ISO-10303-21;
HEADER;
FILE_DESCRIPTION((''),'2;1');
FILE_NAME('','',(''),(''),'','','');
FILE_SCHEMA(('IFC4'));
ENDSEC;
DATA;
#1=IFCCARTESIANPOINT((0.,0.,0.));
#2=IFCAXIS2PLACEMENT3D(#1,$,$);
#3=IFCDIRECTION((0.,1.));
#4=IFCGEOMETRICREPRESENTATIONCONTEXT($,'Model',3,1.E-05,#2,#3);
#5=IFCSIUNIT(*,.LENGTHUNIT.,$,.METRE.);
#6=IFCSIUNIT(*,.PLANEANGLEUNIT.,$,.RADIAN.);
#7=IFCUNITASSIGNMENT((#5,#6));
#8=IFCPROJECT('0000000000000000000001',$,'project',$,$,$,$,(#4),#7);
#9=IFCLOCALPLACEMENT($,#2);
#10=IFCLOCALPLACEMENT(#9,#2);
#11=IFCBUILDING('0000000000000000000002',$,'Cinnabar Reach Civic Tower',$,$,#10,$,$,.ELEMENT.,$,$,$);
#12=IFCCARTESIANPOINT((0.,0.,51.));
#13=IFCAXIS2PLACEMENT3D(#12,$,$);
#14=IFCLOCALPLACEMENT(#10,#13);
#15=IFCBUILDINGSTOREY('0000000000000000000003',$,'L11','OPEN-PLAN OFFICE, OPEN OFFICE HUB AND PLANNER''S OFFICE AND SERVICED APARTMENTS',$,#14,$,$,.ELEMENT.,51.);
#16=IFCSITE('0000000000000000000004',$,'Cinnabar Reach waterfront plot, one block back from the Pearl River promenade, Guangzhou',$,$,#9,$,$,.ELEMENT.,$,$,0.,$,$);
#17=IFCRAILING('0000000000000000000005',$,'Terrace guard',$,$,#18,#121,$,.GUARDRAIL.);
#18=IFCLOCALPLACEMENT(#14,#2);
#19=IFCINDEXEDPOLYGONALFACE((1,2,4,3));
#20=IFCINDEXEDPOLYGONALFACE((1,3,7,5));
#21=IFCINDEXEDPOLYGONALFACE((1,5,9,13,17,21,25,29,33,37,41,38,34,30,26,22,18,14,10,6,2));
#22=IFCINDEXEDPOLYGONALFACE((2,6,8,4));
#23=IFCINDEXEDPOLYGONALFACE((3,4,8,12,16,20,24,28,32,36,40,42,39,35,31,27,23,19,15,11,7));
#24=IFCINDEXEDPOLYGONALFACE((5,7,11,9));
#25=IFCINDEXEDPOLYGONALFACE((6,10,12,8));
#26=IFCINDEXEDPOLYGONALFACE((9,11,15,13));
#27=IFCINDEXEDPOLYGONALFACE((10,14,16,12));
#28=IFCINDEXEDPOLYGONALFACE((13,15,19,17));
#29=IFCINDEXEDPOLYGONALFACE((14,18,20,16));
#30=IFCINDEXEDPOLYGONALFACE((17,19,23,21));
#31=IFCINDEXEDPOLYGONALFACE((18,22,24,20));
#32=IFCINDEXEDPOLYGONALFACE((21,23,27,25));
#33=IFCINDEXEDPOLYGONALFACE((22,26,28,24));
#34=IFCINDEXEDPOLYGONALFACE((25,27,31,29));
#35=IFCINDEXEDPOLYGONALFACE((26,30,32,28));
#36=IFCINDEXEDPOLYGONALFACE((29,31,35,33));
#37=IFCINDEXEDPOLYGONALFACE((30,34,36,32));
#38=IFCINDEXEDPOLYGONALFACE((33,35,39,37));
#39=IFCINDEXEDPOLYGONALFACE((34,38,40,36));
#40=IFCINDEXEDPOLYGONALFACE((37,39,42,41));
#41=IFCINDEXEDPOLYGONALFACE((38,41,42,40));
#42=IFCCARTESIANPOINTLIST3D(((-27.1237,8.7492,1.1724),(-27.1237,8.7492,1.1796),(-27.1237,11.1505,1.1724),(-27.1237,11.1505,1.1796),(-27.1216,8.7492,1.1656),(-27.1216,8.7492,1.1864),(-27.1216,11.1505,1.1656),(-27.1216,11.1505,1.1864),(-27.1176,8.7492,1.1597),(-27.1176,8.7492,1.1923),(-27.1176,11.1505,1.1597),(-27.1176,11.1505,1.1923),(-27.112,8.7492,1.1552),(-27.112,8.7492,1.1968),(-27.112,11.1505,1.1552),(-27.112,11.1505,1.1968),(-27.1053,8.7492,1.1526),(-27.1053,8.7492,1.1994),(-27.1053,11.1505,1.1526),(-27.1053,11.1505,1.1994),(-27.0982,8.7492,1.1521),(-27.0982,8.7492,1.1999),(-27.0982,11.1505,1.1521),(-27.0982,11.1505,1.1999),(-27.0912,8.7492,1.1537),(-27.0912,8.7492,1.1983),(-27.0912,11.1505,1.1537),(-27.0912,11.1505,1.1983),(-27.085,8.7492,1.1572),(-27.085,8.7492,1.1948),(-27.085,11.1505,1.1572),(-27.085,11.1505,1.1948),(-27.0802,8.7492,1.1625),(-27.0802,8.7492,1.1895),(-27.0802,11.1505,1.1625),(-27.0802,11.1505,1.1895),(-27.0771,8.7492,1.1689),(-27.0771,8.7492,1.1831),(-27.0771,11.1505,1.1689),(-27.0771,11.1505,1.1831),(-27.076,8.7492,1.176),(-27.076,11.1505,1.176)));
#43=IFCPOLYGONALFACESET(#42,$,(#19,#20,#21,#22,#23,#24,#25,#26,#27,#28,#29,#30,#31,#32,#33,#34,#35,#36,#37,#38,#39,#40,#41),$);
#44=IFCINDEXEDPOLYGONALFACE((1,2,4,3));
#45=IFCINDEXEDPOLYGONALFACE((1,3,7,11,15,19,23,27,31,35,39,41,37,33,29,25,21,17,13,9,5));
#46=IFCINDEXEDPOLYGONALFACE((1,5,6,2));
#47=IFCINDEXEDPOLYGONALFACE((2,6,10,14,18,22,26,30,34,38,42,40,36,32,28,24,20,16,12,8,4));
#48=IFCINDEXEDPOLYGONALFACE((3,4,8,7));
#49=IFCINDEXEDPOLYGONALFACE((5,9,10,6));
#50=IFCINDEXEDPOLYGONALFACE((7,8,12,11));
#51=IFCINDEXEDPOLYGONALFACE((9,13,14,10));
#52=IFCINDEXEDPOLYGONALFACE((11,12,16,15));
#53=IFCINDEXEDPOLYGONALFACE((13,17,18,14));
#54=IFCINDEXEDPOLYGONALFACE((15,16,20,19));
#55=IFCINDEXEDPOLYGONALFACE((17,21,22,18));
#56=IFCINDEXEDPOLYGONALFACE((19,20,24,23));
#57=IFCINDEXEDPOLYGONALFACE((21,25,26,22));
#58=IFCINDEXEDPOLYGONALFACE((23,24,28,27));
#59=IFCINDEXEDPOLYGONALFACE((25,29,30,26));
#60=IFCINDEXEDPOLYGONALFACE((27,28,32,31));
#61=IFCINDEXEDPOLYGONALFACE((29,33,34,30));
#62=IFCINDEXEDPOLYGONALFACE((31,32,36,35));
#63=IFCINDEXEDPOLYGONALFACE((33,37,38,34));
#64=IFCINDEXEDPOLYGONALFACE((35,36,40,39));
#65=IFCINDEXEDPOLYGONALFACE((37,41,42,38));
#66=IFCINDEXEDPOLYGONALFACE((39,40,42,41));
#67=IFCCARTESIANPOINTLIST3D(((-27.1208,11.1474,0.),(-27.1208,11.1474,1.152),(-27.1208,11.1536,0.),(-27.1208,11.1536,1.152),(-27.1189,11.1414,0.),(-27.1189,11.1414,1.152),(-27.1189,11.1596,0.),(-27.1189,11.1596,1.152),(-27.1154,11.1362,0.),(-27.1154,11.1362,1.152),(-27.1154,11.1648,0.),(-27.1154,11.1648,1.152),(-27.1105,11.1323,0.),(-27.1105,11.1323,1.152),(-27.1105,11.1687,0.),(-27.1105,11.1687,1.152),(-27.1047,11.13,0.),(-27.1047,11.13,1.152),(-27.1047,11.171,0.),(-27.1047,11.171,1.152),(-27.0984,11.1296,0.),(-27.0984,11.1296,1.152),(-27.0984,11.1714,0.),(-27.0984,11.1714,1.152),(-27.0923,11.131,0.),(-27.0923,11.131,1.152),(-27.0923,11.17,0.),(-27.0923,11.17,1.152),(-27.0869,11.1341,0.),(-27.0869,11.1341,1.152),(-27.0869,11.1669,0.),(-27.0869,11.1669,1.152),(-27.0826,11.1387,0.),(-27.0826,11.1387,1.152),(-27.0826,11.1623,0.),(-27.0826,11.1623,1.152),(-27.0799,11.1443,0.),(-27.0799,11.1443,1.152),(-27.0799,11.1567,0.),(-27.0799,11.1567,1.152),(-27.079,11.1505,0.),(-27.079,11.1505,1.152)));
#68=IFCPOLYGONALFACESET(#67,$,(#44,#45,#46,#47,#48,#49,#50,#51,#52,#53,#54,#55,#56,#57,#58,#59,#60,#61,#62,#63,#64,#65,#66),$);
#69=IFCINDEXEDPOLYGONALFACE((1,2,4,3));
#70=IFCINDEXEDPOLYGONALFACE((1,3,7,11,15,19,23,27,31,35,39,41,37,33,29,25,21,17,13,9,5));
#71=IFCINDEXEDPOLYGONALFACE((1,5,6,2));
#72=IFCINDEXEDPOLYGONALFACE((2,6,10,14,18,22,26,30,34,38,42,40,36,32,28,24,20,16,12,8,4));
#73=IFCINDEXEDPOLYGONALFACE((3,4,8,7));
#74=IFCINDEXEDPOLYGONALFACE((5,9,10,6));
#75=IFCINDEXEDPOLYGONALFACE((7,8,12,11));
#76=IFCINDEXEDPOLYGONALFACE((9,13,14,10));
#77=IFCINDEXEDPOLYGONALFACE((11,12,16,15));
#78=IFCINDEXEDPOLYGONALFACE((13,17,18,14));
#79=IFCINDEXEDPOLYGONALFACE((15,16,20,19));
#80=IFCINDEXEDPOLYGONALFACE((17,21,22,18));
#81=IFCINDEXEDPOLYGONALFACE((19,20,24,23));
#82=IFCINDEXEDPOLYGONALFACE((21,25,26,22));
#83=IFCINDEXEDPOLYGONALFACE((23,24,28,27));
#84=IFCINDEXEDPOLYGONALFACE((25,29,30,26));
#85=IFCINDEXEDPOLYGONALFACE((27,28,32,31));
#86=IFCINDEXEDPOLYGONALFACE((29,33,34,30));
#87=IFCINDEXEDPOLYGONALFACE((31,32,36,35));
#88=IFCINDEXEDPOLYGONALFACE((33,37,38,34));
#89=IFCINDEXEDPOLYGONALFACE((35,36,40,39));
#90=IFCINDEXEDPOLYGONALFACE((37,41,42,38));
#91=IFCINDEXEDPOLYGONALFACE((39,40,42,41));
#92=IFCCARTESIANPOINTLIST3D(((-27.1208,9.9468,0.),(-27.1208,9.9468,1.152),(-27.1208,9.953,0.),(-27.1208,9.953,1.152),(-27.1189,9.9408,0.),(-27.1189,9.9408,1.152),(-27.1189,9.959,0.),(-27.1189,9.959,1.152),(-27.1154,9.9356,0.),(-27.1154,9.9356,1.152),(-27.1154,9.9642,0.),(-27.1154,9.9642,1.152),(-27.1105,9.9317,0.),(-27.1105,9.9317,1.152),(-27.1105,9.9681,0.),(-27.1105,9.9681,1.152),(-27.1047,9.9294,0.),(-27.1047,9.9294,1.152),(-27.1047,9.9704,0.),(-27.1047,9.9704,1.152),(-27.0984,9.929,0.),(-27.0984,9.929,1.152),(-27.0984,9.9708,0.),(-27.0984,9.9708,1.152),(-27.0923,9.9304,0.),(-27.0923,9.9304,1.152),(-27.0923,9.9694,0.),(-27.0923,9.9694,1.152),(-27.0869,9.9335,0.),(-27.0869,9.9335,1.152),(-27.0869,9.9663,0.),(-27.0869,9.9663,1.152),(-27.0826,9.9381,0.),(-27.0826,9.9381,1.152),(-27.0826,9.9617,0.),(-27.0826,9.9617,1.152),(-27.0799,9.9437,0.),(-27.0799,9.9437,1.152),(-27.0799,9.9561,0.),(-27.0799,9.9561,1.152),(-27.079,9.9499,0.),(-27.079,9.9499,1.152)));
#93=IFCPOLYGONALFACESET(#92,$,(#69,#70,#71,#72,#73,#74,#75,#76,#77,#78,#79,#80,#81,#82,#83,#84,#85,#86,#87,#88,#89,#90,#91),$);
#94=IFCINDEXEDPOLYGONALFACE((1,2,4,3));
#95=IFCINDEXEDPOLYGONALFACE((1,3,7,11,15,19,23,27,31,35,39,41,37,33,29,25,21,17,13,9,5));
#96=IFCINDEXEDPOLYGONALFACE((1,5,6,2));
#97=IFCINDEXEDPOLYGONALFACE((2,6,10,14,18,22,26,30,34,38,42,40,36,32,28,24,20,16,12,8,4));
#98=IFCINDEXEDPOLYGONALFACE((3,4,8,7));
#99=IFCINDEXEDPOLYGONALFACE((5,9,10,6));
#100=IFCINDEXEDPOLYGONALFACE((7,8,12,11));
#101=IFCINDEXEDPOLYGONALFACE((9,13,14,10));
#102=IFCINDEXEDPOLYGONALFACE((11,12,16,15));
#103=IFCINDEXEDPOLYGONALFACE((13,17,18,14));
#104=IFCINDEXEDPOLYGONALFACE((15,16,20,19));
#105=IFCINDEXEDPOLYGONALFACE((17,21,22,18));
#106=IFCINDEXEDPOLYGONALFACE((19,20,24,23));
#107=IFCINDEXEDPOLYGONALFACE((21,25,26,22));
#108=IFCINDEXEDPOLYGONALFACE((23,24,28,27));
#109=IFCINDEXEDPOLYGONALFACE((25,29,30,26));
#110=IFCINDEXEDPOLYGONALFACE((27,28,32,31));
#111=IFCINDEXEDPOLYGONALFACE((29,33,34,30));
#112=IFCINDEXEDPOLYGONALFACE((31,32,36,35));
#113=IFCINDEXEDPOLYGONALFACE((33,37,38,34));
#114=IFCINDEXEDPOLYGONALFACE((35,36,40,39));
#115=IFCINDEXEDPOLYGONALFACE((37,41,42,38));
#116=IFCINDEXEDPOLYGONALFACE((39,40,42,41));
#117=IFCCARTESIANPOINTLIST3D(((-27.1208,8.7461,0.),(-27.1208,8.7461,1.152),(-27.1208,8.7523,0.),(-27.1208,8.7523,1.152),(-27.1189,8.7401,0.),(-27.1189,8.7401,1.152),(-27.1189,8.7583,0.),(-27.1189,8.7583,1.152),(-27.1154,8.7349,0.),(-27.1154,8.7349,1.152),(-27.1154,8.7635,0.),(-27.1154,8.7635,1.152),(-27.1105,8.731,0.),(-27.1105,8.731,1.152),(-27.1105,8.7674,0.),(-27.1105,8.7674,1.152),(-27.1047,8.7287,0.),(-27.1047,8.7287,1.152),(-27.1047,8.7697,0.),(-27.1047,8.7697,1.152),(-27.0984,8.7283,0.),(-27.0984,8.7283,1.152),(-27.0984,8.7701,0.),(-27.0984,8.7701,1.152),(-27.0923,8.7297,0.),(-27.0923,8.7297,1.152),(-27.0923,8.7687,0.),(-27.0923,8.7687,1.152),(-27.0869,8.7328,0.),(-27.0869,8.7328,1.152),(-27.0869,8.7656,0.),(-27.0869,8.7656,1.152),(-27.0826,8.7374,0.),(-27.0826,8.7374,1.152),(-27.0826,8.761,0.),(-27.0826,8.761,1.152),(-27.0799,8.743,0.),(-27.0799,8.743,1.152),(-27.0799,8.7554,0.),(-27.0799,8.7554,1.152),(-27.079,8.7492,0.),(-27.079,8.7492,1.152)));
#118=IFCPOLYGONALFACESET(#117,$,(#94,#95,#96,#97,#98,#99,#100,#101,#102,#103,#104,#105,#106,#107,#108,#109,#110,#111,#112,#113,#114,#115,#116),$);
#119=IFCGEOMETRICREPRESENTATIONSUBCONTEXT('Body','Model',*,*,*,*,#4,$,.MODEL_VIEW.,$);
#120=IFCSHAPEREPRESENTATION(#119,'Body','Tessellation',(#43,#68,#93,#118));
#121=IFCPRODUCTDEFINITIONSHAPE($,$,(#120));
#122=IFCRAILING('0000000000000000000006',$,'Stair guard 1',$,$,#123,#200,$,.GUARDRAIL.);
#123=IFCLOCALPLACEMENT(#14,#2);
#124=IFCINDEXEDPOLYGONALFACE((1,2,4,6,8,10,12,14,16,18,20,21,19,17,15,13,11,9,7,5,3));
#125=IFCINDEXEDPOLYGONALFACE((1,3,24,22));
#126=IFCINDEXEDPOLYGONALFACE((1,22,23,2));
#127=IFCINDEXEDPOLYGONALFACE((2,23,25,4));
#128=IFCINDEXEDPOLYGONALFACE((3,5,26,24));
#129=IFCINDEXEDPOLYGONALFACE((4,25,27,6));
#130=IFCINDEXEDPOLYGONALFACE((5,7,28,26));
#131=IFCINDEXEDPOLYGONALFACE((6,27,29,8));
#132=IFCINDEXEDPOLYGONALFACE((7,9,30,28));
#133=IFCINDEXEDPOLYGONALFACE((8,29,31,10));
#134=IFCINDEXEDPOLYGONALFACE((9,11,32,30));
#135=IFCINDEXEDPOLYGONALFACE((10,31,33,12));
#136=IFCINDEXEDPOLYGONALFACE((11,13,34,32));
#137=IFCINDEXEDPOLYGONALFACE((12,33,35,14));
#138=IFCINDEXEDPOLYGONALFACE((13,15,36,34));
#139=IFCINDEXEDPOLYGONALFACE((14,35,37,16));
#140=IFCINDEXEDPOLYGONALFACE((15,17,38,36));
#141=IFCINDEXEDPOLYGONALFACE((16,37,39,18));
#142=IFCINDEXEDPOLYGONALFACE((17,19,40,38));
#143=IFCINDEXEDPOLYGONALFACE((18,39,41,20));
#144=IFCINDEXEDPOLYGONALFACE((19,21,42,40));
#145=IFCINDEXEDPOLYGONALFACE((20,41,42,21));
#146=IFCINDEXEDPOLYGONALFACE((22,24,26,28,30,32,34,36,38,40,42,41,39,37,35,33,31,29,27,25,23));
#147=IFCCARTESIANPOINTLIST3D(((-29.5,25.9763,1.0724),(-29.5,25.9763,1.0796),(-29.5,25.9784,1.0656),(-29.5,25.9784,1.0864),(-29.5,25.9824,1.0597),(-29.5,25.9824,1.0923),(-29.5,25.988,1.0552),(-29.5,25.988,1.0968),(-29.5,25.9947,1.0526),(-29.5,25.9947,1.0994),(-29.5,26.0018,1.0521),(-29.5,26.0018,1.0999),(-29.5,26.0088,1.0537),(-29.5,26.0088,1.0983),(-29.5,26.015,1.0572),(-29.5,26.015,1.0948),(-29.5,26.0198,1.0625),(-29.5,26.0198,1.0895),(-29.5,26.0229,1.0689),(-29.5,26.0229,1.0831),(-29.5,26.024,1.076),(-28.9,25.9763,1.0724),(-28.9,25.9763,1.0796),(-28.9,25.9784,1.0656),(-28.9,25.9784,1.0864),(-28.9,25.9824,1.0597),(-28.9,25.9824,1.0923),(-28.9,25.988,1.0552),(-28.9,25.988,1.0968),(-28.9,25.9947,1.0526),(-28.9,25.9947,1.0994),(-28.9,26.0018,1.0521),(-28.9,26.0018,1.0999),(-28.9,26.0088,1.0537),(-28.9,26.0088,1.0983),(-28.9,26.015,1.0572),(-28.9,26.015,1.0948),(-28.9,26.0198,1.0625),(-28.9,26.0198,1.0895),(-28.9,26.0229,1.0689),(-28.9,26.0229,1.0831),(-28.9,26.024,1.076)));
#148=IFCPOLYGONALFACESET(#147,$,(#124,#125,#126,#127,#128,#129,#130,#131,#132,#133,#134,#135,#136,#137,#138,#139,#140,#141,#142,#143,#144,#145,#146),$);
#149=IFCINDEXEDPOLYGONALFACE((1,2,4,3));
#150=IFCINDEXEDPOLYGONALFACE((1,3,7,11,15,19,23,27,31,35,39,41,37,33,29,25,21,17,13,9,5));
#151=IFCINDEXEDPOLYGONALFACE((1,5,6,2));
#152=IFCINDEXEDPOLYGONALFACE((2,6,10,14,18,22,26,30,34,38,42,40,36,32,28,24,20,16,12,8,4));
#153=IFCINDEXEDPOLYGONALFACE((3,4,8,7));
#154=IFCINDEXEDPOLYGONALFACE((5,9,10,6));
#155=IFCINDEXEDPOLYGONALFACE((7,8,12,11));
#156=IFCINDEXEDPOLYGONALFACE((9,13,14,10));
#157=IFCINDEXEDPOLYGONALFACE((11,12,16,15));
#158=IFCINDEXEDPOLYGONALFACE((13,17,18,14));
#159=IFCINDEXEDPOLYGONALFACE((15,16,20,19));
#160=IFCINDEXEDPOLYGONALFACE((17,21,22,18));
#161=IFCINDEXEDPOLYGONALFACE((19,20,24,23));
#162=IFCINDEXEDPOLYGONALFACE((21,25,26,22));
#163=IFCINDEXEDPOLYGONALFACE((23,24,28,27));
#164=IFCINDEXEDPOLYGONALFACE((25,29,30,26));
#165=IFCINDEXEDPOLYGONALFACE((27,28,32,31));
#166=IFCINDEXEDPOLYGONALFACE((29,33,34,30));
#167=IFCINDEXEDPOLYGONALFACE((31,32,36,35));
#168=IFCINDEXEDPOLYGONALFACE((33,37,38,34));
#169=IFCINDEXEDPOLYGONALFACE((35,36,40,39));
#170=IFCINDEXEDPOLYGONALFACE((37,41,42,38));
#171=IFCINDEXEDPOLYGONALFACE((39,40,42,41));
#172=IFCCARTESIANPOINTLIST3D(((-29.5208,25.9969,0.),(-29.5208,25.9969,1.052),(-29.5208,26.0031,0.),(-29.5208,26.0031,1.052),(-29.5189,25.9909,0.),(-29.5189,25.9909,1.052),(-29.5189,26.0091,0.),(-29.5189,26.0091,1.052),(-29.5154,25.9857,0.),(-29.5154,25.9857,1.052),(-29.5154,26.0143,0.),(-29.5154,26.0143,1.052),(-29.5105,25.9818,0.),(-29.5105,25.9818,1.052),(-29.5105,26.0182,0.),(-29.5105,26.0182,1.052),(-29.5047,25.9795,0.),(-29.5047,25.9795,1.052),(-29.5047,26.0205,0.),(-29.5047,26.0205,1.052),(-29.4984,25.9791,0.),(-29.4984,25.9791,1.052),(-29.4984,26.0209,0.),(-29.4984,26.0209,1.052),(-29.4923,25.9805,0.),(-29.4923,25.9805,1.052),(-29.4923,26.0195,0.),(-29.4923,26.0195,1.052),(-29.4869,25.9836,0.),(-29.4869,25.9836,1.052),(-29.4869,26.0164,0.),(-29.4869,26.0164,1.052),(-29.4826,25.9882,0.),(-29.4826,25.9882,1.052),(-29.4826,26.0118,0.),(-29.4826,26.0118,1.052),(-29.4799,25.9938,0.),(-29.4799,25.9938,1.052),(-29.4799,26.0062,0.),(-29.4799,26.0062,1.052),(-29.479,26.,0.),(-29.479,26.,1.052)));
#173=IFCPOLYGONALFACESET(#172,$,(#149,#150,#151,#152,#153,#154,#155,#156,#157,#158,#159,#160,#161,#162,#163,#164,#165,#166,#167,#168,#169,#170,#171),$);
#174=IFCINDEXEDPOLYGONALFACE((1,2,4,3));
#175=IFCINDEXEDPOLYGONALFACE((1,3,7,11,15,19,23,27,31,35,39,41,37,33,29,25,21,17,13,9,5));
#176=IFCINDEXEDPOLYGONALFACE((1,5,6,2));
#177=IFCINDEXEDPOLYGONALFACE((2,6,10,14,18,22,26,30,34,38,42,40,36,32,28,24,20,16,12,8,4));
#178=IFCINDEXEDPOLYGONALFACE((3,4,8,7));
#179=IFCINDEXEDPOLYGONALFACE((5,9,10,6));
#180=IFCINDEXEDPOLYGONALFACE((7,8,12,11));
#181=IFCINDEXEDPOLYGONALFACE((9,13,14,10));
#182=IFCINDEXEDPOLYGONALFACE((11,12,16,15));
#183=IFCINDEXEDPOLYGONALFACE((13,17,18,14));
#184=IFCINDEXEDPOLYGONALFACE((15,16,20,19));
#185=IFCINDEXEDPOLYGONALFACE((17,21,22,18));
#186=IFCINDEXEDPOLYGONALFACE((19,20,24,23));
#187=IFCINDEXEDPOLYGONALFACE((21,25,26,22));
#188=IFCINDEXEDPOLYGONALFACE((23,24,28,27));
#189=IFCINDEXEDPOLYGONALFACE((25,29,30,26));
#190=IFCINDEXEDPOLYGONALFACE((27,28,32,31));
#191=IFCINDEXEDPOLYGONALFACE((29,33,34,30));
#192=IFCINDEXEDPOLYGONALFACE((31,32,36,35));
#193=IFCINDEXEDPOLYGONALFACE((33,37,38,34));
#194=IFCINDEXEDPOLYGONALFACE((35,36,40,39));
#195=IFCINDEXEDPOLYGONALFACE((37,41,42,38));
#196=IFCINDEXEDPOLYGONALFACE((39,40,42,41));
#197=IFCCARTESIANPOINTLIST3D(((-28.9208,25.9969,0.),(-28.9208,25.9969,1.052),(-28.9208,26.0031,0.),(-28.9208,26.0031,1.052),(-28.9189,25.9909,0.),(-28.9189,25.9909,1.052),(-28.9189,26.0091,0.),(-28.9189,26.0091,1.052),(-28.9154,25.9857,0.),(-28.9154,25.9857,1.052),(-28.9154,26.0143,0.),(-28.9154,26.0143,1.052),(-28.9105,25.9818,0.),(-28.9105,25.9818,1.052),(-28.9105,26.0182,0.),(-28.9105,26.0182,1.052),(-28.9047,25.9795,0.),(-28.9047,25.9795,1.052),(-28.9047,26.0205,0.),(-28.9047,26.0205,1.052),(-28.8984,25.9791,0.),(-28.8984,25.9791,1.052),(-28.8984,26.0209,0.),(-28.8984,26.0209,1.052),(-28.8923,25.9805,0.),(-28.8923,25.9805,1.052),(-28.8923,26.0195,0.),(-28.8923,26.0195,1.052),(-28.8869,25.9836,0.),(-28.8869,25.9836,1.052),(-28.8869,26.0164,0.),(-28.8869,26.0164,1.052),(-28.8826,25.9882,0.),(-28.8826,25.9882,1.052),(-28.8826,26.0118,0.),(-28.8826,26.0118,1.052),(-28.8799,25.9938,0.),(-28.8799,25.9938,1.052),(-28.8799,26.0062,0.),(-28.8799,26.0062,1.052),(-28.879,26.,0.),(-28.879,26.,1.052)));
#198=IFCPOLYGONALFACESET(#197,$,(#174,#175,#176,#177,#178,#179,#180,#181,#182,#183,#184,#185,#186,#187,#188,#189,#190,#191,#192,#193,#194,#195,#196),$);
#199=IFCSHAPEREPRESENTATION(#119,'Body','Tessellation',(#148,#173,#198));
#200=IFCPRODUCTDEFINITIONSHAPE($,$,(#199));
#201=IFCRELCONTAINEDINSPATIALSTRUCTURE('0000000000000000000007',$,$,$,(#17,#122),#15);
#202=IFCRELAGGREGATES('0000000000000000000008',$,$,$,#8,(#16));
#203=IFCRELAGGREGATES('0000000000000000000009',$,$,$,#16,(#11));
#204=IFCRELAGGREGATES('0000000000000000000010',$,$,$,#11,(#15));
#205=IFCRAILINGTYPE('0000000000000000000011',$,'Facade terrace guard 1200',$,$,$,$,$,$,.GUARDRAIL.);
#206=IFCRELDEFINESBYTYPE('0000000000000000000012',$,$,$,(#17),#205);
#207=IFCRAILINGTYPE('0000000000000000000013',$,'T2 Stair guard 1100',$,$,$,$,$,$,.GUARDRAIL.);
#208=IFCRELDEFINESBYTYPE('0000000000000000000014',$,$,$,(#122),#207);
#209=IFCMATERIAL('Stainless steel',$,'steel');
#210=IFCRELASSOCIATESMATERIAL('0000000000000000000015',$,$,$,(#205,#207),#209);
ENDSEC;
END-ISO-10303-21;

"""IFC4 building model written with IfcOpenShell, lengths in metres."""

from ifc_helpers import new_model, si_unit, direction, frame, origin, origin_2d, place, context, subcontext, project, spatial, circle, extrude, material, type_object, element, save


model = new_model("IFC4")

# Units and contexts
model_context = context("Model", 3, precision=1e-05, world=origin(), true_north=direction((0.0, 1.0)))
body_context = subcontext(model_context, "Body", "Model", "MODEL_VIEW")
ifc_project = project(units=[si_unit("LENGTHUNIT", "METRE"), si_unit("PLANEANGLEUNIT", "RADIAN")], contexts=[model_context])

# Site, building, storey
site_placement = place(None, origin())
site = spatial("IfcSite", under=ifc_project, at=site_placement, Name="Cinnabar Reach waterfront plot, one block back from the Pearl River promenade, Guangzhou", CompositionType="ELEMENT", RefElevation=0.0)
building_placement = place(site_placement, origin())
building = spatial("IfcBuilding", under=site, at=building_placement, Name="Cinnabar Reach Civic Tower", CompositionType="ELEMENT")
storey_placement = place(building_placement, frame((0.0, 0.0, 51.0)))
storey = spatial("IfcBuildingStorey", under=building, at=storey_placement, Name="L11", Description="OPEN-PLAN OFFICE, OPEN OFFICE HUB AND PLANNER'S OFFICE AND SERVICED APARTMENTS", CompositionType="ELEMENT", Elevation=51.0)

# Railings
ifc_material_1 = material(Name="Stainless steel", Category="steel")
railing_type_1 = type_object("IfcRailingType", Name="Facade terrace guard 1200", PredefinedType="GUARDRAIL", material=ifc_material_1)
railing_1_placement = place(storey_placement, frame((-27.1, 11.1505, 0.0)))
element("IfcRailing", 1, at=railing_1_placement, inside=storey, type_object=railing_type_1, Name="Terrace guard", PredefinedType="GUARDRAIL", context=body_context, shape_type="SweptSolid", body=[
    extrude(circle(Radius=0.024, at=origin_2d()), frame((0.0, 0.0, 1.176), z_axis=(0.0, -1.0, 0.0), x_axis=(1.0, 0.0, 0.0)), (0.0, 0.0, 1.0), 2.4013),
    extrude(circle(Radius=0.021, at=origin_2d()), origin(), (0.0, 0.0, 1.0), 1.152),
    extrude(circle(Radius=0.021, at=origin_2d()), frame((0.0, -1.2006, 0.0)), (0.0, 0.0, 1.0), 1.152),
    extrude(circle(Radius=0.021, at=origin_2d()), frame((0.0, -2.4013, 0.0)), (0.0, 0.0, 1.0), 1.152),
])
railing_type_2 = type_object("IfcRailingType", Name="T2 Stair guard 1100", PredefinedType="GUARDRAIL", material=ifc_material_1)
for number, where, name in (
    (2, (-29.5, 26.0, 0.0), "Stair guard 1"),
):
    element("IfcRailing", number, at=place(storey_placement, frame(where)), inside=storey, type_object=railing_type_2, Name=name, PredefinedType="GUARDRAIL", context=body_context, shape_type="SweptSolid", body=[
        extrude(circle(Radius=0.024, at=origin_2d()), frame((0.0, 0.0, 1.076), z_axis=(1.0, 0.0, 0.0), x_axis=(0.0, 1.0, 0.0)), (0.0, 0.0, 1.0), 0.6),
        extrude(circle(Radius=0.021, at=origin_2d()), origin(), (0.0, 0.0, 1.0), 1.052),
        extrude(circle(Radius=0.021, at=origin_2d()), frame((0.6, 0.0, 0.0)), (0.0, 0.0, 1.0), 1.052),
    ])

save(model, "model.ifc")
